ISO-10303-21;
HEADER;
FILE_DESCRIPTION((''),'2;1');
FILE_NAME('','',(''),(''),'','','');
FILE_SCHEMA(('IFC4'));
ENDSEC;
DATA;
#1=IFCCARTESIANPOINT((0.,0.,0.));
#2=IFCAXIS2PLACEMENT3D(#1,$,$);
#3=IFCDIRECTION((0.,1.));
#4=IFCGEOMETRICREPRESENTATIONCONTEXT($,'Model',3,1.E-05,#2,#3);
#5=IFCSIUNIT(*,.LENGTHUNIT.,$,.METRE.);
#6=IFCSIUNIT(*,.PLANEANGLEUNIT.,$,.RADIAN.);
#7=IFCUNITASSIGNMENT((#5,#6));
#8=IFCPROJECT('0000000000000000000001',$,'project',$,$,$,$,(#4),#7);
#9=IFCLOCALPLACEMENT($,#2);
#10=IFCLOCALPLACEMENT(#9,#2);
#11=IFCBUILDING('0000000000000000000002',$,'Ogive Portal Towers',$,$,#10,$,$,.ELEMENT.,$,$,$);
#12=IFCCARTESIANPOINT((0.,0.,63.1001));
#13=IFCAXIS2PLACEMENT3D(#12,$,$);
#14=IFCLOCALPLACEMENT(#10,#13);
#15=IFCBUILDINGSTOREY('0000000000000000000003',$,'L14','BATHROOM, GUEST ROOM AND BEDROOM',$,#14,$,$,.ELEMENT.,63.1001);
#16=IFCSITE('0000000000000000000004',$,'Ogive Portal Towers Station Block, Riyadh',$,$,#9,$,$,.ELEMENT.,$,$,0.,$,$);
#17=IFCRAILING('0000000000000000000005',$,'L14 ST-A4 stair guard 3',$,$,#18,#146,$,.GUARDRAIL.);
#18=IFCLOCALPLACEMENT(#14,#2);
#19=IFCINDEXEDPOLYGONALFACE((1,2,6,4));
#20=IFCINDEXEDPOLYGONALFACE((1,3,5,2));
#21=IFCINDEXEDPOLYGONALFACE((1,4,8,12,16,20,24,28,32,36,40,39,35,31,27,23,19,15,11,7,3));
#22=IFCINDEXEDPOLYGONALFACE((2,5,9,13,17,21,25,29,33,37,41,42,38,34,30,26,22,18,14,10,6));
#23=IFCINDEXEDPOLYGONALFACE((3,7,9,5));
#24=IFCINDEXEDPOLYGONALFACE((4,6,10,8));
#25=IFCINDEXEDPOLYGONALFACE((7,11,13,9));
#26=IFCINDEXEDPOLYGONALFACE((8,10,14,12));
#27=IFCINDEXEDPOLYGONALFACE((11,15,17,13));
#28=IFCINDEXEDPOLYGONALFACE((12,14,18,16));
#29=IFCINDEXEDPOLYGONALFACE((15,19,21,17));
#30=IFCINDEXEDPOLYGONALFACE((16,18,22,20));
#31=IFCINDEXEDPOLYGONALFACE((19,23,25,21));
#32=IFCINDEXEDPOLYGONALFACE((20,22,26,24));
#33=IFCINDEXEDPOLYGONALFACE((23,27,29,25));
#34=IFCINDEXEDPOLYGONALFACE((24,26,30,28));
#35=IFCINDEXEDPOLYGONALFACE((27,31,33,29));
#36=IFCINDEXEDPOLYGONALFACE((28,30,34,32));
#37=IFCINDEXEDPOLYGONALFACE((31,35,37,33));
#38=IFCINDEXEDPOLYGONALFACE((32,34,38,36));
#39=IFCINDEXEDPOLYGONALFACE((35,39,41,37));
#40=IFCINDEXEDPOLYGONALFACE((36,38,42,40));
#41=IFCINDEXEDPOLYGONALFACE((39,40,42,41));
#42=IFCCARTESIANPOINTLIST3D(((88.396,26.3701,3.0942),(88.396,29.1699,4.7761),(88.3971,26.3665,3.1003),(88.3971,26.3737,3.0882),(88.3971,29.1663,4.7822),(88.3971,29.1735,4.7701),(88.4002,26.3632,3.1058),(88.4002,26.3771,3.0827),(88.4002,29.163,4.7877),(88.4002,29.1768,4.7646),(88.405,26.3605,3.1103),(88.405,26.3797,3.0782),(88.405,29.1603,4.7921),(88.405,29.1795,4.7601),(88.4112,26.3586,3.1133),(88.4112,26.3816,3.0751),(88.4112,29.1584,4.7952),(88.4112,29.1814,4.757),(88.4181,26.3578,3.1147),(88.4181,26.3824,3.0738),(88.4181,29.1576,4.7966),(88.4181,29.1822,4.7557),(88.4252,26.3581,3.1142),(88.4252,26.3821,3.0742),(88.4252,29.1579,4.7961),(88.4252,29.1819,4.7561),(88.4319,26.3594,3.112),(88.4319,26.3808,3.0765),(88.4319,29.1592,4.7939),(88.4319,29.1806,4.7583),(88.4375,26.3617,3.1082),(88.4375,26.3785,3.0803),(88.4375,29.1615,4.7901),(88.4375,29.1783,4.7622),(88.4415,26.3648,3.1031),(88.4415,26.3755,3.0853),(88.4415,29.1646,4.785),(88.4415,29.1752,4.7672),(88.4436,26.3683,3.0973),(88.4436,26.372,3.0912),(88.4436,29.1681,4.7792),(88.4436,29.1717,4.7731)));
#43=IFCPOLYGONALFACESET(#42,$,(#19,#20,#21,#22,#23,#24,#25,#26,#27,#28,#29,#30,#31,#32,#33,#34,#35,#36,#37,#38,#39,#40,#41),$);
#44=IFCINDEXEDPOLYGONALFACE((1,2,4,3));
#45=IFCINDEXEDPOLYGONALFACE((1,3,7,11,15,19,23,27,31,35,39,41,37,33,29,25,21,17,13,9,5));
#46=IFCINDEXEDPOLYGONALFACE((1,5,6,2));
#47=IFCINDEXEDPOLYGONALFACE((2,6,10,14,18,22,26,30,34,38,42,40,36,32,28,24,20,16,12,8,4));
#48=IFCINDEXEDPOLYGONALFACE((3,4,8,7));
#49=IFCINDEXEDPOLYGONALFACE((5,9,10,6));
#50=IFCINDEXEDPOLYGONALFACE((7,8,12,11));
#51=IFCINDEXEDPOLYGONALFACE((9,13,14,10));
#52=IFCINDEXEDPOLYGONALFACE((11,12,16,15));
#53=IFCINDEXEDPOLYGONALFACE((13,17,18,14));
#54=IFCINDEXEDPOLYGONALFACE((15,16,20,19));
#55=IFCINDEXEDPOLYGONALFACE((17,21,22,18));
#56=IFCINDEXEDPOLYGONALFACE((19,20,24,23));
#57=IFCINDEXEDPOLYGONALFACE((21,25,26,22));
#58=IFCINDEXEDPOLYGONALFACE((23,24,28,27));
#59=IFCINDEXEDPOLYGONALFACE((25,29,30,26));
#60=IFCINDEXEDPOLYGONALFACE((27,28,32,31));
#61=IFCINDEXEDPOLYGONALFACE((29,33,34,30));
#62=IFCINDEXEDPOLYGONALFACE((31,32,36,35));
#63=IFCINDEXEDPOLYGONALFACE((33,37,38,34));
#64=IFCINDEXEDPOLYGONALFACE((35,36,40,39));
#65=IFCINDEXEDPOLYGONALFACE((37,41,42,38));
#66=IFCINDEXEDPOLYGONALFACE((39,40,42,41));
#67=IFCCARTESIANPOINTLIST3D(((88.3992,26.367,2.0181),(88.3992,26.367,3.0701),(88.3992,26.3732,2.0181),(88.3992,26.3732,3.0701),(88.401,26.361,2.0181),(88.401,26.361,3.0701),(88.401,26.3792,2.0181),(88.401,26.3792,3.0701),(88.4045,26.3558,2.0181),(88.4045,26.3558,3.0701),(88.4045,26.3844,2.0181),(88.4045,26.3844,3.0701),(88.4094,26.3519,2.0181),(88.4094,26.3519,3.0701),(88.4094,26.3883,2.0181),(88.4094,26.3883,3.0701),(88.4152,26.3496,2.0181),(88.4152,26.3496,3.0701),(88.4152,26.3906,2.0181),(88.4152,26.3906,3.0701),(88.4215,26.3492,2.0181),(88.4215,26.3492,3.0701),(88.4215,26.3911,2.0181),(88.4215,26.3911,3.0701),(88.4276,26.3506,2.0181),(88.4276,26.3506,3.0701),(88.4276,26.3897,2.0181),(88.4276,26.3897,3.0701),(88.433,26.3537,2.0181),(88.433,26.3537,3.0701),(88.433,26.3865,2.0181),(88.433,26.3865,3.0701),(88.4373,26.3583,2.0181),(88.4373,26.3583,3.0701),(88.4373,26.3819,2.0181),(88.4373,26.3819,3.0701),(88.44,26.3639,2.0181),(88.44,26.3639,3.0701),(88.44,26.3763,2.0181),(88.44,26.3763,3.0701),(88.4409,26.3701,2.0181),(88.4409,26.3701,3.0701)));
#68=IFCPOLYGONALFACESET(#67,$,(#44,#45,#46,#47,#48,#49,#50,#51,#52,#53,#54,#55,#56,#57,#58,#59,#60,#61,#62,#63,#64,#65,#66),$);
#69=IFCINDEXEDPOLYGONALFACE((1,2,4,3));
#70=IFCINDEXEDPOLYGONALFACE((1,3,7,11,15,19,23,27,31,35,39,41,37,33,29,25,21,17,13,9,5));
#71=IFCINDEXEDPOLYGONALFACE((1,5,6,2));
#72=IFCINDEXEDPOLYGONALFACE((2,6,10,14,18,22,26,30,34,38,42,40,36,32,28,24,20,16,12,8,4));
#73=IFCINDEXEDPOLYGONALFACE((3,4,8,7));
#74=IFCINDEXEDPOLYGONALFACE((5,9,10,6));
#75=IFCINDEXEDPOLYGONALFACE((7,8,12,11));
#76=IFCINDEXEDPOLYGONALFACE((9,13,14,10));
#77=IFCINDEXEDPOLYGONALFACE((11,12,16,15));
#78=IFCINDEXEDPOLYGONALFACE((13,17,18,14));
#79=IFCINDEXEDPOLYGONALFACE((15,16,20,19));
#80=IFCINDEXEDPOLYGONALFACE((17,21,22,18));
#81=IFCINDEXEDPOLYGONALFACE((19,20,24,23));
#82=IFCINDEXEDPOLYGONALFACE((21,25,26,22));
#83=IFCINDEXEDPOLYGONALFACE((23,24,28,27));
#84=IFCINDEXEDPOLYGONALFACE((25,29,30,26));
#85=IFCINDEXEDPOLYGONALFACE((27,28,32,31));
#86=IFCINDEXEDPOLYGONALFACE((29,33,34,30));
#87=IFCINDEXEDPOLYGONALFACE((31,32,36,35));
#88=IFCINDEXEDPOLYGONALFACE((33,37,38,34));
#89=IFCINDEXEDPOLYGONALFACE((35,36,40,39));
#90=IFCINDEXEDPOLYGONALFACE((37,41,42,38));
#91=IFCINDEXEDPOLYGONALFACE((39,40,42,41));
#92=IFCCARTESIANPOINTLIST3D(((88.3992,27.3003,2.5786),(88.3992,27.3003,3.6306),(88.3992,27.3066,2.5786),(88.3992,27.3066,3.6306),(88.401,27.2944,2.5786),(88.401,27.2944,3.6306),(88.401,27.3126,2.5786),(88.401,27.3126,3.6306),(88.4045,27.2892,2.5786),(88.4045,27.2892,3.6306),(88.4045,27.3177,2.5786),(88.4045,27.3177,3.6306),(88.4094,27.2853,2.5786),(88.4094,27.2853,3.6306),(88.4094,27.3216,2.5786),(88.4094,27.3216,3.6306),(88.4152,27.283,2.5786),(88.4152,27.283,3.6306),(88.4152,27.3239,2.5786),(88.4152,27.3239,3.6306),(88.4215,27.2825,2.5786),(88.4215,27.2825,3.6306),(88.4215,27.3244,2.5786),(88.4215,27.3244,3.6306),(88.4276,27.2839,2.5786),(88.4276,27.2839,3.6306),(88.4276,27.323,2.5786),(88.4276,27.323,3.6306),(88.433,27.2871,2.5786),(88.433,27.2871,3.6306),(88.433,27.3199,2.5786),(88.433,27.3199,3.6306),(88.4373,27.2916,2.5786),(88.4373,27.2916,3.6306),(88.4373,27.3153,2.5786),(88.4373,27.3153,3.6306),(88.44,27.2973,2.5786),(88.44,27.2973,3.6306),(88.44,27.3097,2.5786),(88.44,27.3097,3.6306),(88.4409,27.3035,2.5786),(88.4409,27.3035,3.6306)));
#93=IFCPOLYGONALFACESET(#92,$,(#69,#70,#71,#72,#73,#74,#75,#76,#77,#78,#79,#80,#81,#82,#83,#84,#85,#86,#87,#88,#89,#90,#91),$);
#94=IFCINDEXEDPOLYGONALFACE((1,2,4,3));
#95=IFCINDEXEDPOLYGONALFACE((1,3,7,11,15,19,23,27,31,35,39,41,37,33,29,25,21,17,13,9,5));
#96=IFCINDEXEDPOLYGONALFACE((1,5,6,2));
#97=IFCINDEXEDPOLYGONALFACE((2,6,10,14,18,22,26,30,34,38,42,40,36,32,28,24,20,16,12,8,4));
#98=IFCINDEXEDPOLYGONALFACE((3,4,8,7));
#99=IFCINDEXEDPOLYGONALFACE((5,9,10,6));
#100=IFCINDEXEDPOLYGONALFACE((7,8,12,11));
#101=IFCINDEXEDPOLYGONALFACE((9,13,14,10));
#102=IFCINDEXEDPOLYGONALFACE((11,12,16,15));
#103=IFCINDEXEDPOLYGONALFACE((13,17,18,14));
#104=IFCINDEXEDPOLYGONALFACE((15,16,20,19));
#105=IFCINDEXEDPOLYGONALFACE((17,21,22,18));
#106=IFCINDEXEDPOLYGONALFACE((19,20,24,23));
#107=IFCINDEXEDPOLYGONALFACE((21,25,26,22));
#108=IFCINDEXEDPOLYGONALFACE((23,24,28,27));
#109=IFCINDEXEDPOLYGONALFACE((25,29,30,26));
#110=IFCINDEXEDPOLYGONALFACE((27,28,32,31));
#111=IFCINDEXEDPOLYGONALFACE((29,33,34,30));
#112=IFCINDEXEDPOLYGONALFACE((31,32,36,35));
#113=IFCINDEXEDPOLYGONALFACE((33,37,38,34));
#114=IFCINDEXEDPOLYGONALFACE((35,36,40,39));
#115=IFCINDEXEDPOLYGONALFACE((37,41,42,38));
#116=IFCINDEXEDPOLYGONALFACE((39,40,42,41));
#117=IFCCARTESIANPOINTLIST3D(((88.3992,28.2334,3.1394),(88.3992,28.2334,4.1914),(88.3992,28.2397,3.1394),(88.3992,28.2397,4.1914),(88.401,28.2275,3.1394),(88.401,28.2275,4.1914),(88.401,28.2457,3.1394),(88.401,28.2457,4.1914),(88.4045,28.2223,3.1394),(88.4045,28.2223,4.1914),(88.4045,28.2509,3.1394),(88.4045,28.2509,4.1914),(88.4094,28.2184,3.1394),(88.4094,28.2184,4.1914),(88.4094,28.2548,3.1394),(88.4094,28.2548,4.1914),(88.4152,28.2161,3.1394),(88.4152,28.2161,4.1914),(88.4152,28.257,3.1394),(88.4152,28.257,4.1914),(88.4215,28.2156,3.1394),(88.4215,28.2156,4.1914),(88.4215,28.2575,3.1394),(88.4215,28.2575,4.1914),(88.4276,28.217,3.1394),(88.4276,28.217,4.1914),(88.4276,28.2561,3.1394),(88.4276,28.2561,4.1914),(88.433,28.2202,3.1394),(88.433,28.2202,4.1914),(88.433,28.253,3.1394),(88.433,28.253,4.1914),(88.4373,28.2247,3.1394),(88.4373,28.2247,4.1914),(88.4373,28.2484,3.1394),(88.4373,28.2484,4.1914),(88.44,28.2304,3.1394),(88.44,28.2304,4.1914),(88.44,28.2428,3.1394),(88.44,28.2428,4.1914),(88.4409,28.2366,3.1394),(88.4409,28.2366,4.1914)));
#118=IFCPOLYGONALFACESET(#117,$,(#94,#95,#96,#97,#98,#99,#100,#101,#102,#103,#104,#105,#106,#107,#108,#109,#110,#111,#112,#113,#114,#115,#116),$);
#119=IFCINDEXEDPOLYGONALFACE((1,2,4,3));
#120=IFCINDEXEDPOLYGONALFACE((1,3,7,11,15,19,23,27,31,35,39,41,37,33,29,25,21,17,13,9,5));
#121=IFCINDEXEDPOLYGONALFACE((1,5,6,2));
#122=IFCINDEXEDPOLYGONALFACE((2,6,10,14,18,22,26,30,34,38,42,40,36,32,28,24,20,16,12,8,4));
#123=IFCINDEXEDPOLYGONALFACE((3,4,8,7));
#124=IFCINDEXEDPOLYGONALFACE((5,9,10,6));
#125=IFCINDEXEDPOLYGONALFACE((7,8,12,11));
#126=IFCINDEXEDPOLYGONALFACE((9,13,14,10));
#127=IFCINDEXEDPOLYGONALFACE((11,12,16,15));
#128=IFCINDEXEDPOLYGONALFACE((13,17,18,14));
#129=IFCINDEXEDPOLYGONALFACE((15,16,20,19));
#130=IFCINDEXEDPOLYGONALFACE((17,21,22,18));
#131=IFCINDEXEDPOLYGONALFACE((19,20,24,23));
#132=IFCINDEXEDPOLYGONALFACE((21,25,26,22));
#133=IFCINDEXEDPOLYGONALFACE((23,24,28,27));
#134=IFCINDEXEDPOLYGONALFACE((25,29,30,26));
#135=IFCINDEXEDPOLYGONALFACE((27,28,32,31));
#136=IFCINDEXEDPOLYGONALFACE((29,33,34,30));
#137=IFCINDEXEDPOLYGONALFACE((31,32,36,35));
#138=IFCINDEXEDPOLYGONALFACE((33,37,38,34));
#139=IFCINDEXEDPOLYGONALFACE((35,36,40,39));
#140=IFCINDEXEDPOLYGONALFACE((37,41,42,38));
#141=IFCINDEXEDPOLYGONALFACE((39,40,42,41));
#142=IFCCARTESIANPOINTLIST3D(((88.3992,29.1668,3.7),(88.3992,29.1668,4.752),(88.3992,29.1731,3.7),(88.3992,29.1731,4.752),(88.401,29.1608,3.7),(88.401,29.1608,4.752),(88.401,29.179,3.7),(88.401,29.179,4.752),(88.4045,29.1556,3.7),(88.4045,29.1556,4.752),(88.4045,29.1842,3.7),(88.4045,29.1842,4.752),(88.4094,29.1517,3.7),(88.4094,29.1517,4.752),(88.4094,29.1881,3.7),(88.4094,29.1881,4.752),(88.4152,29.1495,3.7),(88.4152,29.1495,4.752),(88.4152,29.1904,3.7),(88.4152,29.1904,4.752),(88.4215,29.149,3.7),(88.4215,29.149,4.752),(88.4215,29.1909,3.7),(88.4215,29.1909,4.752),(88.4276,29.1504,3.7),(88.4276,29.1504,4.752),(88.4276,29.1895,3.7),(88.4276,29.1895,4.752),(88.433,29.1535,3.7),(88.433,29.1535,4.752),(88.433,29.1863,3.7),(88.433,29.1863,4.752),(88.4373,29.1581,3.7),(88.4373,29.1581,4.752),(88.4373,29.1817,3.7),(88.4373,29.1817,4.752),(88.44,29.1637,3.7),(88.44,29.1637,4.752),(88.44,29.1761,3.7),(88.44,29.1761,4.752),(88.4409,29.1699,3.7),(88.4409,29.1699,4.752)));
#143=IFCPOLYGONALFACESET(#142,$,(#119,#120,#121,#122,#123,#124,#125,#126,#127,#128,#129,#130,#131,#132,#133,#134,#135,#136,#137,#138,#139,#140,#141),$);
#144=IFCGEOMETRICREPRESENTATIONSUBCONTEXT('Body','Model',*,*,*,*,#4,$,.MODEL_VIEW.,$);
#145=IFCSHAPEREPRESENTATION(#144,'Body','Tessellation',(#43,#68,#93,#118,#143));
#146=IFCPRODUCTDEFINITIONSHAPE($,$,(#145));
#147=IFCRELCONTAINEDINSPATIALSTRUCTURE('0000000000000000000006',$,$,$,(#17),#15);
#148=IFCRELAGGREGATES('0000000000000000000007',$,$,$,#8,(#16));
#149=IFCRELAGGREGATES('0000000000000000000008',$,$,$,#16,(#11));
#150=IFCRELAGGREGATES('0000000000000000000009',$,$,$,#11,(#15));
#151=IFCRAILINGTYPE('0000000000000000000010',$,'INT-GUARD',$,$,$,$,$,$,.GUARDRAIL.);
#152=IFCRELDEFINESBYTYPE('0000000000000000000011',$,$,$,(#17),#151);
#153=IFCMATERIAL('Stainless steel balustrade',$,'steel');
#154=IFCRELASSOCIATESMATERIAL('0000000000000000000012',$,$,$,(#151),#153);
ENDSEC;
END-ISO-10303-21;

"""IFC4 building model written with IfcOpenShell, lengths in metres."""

from ifc_helpers import new_model, si_unit, direction, frame, origin, origin_2d, place, context, subcontext, project, spatial, circle, extrude, material, type_object, element, save


model = new_model("IFC4")

# Units and contexts
model_context = context("Model", 3, precision=1e-05, world=origin(), true_north=direction((0.0, 1.0)))
body_context = subcontext(model_context, "Body", "Model", "MODEL_VIEW")
ifc_project = project(units=[si_unit("LENGTHUNIT", "METRE"), si_unit("PLANEANGLEUNIT", "RADIAN")], contexts=[model_context])

# Site, building, storey
site_placement = place(None, origin())
site = spatial("IfcSite", under=ifc_project, at=site_placement, Name="Ogive Portal Towers Station Block, Riyadh", CompositionType="ELEMENT", RefElevation=0.0)
building_placement = place(site_placement, origin())
building = spatial("IfcBuilding", under=site, at=building_placement, Name="Ogive Portal Towers", CompositionType="ELEMENT")
storey_placement = place(building_placement, frame((0.0, 0.0, 63.1001)))
storey = spatial("IfcBuildingStorey", under=building, at=storey_placement, Name="L14", Description="BATHROOM, GUEST ROOM AND BEDROOM", CompositionType="ELEMENT", Elevation=63.1001)

# Railing
ifc_material_1 = material(Name="Stainless steel balustrade", Category="steel")
railing_type_1 = type_object("IfcRailingType", Name="INT-GUARD", PredefinedType="GUARDRAIL", material=ifc_material_1)
railing_1_placement = place(storey_placement, frame((88.4199, 26.3701, 2.0181)))
element("IfcRailing", 1, at=railing_1_placement, inside=storey, type_object=railing_type_1, Name="L14 ST-A4 stair guard 3", PredefinedType="GUARDRAIL", context=body_context, shape_type="SweptSolid", body=[
    extrude(circle(Radius=0.0239, at=origin_2d()), frame((0.0, 0.0, 1.0762), z_axis=(0.0, 0.857222, 0.514946), x_axis=(-1.0, 0.0, 0.0)), (0.0, 0.0, 1.0), 3.2661),
    extrude(circle(Radius=0.021, at=origin_2d()), origin(), (0.0, 0.0, 1.0), 1.052),
    extrude(circle(Radius=0.021, at=origin_2d()), frame((0.0, 0.9333, 0.5605)), (0.0, 0.0, 1.0), 1.052),
    extrude(circle(Radius=0.021, at=origin_2d()), frame((0.0, 1.8665, 1.1213)), (0.0, 0.0, 1.0), 1.052),
    extrude(circle(Radius=0.021, at=origin_2d()), frame((0.0, 2.7998, 1.6819)), (0.0, 0.0, 1.0), 1.052),
])

save(model, "model.ifc")
